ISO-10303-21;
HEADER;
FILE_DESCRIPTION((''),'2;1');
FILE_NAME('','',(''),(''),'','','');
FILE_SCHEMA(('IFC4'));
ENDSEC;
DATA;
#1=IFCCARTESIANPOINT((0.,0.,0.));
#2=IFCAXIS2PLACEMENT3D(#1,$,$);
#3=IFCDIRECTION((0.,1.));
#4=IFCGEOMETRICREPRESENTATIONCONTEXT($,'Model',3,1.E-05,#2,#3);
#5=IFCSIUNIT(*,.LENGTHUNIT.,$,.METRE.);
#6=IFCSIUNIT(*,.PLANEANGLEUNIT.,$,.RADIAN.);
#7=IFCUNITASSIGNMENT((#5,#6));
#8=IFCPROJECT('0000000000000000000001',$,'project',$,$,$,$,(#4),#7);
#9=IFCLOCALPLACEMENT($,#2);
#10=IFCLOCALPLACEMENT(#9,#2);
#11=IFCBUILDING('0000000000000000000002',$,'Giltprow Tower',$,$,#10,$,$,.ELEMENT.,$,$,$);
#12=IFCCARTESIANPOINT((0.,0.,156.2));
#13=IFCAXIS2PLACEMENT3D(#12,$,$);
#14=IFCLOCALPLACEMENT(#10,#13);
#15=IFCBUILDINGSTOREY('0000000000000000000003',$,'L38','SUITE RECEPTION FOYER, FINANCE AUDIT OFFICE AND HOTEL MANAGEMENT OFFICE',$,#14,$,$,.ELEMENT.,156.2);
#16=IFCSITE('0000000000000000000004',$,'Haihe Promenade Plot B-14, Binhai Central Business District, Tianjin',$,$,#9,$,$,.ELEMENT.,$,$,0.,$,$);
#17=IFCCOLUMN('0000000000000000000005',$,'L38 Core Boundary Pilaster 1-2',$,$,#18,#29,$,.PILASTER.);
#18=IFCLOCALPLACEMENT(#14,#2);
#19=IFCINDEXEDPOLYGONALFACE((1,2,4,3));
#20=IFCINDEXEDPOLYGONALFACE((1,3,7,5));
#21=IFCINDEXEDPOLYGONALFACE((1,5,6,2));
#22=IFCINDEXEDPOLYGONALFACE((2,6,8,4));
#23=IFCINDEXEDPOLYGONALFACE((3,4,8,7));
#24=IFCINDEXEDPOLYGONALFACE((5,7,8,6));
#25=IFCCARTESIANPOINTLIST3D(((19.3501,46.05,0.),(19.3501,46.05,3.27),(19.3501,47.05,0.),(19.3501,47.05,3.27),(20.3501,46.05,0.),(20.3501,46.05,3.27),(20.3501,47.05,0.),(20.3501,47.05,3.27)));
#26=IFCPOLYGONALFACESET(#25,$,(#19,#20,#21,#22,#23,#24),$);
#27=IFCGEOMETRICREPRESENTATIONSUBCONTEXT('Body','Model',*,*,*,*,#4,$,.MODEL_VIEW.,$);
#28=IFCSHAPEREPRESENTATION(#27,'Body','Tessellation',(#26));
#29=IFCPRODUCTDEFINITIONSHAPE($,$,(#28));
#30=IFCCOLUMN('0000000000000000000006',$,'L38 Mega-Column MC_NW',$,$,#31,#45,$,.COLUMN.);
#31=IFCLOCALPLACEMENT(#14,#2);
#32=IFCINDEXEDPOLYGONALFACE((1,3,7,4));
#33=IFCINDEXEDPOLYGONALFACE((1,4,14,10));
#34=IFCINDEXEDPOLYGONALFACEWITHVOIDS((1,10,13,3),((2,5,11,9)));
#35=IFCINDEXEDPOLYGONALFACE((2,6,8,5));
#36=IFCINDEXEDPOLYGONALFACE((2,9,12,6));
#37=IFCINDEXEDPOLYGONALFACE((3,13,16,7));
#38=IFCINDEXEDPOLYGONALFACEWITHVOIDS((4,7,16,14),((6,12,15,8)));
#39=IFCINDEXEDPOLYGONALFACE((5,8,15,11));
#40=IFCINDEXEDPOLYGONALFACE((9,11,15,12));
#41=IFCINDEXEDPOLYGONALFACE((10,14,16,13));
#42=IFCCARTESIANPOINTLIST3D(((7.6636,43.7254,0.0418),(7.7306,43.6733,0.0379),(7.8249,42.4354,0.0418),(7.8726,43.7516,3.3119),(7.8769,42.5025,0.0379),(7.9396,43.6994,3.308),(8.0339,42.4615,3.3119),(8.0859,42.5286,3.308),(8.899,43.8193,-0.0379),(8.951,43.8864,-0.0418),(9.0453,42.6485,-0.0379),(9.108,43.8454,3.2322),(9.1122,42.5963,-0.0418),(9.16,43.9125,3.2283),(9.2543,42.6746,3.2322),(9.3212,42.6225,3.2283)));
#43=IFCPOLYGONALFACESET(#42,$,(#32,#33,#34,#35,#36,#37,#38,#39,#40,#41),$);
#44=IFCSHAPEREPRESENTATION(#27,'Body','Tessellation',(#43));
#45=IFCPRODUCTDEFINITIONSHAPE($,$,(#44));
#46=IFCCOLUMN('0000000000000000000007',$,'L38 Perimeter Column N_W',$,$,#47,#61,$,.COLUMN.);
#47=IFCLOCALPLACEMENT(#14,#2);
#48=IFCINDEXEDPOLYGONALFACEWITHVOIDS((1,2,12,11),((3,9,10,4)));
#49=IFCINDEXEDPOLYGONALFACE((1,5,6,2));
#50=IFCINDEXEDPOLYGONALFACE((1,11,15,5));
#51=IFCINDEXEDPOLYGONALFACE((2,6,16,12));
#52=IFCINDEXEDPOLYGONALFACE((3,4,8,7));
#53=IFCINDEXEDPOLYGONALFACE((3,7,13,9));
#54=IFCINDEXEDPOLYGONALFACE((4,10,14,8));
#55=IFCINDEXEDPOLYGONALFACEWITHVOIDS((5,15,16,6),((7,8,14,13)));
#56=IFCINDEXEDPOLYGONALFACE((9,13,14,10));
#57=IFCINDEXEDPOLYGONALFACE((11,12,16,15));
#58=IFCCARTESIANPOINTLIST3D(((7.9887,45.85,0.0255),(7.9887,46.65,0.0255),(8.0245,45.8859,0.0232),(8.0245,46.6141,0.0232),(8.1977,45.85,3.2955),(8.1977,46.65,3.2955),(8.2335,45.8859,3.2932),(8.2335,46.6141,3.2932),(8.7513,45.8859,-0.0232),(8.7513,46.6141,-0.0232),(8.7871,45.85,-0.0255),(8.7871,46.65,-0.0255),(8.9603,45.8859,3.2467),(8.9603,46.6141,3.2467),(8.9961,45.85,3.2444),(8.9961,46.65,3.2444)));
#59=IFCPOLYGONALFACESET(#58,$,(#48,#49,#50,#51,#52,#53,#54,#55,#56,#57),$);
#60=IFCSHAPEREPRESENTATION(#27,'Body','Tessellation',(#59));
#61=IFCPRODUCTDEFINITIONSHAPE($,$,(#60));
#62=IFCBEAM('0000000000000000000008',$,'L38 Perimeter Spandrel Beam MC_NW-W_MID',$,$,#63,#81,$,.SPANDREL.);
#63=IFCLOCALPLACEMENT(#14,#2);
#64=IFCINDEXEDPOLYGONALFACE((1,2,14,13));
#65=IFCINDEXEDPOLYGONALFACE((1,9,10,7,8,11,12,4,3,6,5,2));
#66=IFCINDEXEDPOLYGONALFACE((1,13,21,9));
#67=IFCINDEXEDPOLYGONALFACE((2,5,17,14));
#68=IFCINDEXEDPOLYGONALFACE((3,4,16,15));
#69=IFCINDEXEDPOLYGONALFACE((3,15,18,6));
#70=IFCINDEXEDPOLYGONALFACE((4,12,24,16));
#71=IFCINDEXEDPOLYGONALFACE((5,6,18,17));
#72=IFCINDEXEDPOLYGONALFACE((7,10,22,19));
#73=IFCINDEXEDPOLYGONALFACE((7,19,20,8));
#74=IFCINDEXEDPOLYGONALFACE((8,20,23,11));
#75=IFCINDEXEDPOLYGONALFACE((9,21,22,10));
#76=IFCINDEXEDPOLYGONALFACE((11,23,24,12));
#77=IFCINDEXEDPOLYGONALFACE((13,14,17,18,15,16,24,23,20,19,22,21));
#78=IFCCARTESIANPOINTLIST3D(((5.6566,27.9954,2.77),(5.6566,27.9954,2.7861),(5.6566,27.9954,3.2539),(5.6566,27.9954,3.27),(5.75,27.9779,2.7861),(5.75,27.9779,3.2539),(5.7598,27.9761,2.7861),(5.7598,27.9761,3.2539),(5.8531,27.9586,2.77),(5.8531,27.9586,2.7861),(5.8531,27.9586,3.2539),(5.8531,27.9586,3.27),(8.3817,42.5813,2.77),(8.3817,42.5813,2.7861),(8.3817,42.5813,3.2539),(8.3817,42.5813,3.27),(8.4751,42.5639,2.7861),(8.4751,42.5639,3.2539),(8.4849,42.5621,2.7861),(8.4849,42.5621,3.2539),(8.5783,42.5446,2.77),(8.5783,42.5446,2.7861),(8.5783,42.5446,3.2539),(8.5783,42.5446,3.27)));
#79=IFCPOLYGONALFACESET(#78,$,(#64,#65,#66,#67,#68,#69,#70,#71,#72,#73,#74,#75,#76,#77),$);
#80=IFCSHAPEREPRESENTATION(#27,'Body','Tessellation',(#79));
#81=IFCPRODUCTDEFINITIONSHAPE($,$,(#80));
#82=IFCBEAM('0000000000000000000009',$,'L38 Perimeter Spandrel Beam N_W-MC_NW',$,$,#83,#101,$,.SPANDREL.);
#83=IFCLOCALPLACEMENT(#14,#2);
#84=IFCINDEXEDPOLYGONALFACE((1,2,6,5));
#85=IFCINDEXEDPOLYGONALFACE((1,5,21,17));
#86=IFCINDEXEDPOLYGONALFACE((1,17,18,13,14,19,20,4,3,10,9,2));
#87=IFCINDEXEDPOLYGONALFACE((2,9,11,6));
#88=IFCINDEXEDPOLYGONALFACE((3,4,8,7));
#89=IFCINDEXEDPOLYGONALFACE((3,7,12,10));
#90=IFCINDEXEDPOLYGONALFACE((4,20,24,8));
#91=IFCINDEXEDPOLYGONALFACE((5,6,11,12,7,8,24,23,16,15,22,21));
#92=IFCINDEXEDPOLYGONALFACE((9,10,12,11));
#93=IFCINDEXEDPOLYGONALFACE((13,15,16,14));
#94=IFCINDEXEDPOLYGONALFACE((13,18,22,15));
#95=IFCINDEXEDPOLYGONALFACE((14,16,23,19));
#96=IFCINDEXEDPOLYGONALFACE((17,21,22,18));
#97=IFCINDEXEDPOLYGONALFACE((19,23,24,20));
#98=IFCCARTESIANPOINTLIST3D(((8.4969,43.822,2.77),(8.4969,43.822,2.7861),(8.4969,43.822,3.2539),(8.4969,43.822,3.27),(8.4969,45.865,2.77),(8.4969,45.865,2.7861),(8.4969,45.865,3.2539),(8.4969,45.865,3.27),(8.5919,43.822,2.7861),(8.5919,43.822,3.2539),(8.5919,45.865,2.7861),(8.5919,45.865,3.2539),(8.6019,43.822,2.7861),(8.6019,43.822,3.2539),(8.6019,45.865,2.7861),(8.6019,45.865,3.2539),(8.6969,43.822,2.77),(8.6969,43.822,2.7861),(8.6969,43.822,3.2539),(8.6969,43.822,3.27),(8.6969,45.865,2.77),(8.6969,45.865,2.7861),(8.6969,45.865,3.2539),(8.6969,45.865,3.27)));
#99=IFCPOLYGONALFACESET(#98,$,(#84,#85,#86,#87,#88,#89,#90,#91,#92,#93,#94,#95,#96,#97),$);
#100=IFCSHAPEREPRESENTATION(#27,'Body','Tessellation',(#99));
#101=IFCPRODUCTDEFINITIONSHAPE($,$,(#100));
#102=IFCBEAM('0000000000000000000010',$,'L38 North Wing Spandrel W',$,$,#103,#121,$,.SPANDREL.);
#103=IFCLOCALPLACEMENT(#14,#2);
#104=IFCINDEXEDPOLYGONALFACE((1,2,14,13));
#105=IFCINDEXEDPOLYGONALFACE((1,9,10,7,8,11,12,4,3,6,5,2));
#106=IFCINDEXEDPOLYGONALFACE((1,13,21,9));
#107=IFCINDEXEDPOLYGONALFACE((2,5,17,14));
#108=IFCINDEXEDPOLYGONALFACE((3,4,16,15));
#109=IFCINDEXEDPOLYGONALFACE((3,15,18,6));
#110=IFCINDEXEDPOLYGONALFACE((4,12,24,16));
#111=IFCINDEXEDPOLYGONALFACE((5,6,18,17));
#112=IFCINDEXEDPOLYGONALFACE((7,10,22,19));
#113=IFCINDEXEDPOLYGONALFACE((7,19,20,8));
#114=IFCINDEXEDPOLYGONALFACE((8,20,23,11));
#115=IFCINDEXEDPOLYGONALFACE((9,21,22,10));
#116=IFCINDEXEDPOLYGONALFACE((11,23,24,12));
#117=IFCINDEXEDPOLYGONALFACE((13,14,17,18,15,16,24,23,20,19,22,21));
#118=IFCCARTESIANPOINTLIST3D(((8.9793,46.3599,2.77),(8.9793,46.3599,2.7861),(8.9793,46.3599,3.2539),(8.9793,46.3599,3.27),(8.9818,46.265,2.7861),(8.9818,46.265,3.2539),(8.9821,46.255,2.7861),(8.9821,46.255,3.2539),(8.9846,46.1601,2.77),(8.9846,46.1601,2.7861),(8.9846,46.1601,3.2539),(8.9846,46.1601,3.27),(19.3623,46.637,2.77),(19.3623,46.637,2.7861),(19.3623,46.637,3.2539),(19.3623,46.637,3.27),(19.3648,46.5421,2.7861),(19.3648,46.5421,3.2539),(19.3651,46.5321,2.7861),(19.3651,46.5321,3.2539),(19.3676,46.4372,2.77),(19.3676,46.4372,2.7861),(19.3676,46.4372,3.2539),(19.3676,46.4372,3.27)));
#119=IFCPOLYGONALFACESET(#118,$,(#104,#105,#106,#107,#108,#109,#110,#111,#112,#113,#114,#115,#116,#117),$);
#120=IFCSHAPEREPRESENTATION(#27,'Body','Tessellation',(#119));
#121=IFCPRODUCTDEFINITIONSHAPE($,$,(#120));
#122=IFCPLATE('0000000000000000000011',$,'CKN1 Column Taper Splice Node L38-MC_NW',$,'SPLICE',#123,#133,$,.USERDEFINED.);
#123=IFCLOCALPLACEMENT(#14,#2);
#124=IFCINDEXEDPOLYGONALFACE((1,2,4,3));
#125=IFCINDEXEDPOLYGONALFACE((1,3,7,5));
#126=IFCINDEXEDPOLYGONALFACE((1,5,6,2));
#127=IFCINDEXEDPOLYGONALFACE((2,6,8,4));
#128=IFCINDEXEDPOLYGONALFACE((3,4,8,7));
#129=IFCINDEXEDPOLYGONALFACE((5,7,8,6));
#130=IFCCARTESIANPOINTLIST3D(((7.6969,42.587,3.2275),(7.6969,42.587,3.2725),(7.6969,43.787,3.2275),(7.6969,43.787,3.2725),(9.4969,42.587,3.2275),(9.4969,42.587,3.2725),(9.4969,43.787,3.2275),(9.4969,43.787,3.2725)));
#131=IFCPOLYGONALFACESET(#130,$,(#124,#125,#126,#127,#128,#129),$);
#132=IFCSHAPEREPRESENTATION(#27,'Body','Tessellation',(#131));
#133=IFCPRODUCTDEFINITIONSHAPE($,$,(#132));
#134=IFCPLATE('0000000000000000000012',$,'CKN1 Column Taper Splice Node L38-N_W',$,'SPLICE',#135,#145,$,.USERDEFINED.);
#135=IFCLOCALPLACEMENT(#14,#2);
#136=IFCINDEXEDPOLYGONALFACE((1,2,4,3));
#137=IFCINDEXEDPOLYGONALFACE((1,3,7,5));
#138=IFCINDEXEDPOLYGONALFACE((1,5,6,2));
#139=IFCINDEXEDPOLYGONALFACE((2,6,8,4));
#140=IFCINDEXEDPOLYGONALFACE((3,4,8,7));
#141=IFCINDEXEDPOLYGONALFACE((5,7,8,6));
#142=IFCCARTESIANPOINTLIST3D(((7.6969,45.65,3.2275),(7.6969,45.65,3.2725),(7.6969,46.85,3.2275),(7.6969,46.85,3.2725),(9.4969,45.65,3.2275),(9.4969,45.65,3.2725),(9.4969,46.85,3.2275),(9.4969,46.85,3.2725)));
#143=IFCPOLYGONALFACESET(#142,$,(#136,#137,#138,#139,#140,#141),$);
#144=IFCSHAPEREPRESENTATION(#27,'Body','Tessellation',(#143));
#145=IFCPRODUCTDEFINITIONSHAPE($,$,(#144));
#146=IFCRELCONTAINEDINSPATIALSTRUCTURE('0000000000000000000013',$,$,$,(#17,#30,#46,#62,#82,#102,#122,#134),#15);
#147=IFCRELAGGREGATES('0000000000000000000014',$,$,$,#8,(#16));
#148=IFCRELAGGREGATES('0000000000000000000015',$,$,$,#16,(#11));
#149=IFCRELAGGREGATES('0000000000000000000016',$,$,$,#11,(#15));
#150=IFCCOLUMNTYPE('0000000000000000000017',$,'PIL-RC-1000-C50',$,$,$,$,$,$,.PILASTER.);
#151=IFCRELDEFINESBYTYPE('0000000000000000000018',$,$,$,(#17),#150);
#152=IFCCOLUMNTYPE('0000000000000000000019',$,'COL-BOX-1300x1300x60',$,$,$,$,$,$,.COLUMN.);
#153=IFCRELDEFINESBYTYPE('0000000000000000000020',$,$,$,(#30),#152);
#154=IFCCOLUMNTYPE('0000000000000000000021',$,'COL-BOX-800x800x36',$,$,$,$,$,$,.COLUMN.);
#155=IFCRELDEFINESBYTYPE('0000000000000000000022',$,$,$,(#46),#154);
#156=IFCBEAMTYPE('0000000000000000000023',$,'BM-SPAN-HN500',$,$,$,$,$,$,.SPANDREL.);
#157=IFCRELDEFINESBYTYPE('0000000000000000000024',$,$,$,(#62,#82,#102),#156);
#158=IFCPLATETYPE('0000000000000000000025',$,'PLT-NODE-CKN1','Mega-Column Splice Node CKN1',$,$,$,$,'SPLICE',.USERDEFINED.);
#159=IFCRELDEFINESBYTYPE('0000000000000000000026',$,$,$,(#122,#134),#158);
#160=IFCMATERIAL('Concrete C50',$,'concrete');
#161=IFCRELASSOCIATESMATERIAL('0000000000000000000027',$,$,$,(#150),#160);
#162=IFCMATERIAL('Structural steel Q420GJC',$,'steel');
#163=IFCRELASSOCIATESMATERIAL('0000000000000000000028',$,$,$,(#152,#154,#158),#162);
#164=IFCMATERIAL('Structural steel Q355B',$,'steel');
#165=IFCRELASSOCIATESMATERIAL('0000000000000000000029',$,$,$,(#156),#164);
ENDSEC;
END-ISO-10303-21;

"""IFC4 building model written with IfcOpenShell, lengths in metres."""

from ifc_helpers import new_model, si_unit, direction, frame, origin, origin_2d, place, context, subcontext, project, spatial, rectangle, hollow_rectangle, i_section, extrude, source, transform, mapped, material, material_profile, profile_set, type_object, element, save


model = new_model("IFC4")

# Units and contexts
model_context = context("Model", 3, precision=1e-05, world=origin(), true_north=direction((0.0, 1.0)))
body_context = subcontext(model_context, "Body", "Model", "MODEL_VIEW")
ifc_project = project(units=[si_unit("LENGTHUNIT", "METRE"), si_unit("PLANEANGLEUNIT", "RADIAN")], contexts=[model_context])

# Site, building, storey
site_placement = place(None, origin())
site = spatial("IfcSite", under=ifc_project, at=site_placement, Name="Haihe Promenade Plot B-14, Binhai Central Business District, Tianjin", CompositionType="ELEMENT", RefElevation=0.0)
building_placement = place(site_placement, origin())
building = spatial("IfcBuilding", under=site, at=building_placement, Name="Giltprow Tower", CompositionType="ELEMENT")
storey_placement = place(building_placement, frame((0.0, 0.0, 156.2)))
storey = spatial("IfcBuildingStorey", under=building, at=storey_placement, Name="L38", Description="SUITE RECEPTION FOYER, FINANCE AUDIT OFFICE AND HOTEL MANAGEMENT OFFICE", CompositionType="ELEMENT", Elevation=156.2)

# Columns
ifc_material_1 = material(Name="Concrete C50", Category="concrete")
ifc_material_profile_1 = material_profile(ifc_material_1, rectangle(XDim=1.0, YDim=1.0, at=origin_2d()), Name="RC 1000x1000")
ifc_profile_set_1 = profile_set([ifc_material_profile_1], Name="Concrete C50")
column_type_1 = type_object("IfcColumnType", Name="PIL-RC-1000-C50", PredefinedType="PILASTER", material=ifc_profile_set_1)
shared_shape_1 = source(origin(), body_context, "Body", "SweptSolid", [
    extrude(rectangle(XDim=1.0, YDim=1.0, at=origin_2d()), origin(), (0.0, 0.0, 1.0), 3.27),
])
column_1_placement = place(storey_placement, frame((19.8501, 46.55, 0.0), z_axis=(0.0, 0.0, 1.0), x_axis=(1.0, 0.0, 0.0)))
element("IfcColumn", 1, at=column_1_placement, inside=storey, type_object=column_type_1, Name="L38 Core Boundary Pilaster 1-2", PredefinedType="PILASTER", context=body_context, shape_type="MappedRepresentation", body=[
    mapped(shared_shape_1, transform((0.0, 0.0, 0.0), x_axis=(1.0, 0.0, 0.0), y_axis=(0.0, 1.0, 0.0), z_axis=(0.0, 0.0, 1.0), scale=1.0)),
])
ifc_material_2 = material(Name="Structural steel Q420GJC", Category="steel")
ifc_material_profile_2 = material_profile(ifc_material_2, hollow_rectangle(XDim=1.3, YDim=1.3, WallThickness=0.0601, at=origin_2d()), Name="BOX 1300x1300x60")
ifc_profile_set_2 = profile_set([ifc_material_profile_2], Name="Structural steel Q420GJC")
column_type_2 = type_object("IfcColumnType", Name="COL-BOX-1300x1300x60", PredefinedType="COLUMN", material=ifc_profile_set_2)
shared_shape_2 = source(origin(), body_context, "Body", "SweptSolid", [
    extrude(hollow_rectangle(XDim=1.3, YDim=1.3, WallThickness=0.0601, at=origin_2d()), origin(), (0.0, 0.0, 1.0), 3.2769),
])
column_2_placement = place(storey_placement, frame((8.3879, 43.1609, 0.0), z_axis=(0.063777, 0.007972, 0.997932), x_axis=(-0.124035, 0.992278, 0.0)))
element("IfcColumn", 2, at=column_2_placement, inside=storey, type_object=column_type_2, Name="L38 Mega-Column MC_NW", PredefinedType="COLUMN", context=body_context, shape_type="MappedRepresentation", body=[
    mapped(shared_shape_2, transform((0.0, 0.0, 0.0), x_axis=(1.0, 0.0, 0.0), y_axis=(0.0, 1.0, 0.0), z_axis=(0.0, 0.0, 1.0), scale=1.0)),
])
ifc_material_profile_3 = material_profile(ifc_material_2, hollow_rectangle(XDim=0.8, YDim=0.8, WallThickness=0.0359, at=origin_2d()), Name="BOX 800x800x36")
ifc_profile_set_3 = profile_set([ifc_material_profile_3], Name="Structural steel Q420GJC")
column_type_3 = type_object("IfcColumnType", Name="COL-BOX-800x800x36", PredefinedType="COLUMN", material=ifc_profile_set_3)
shared_shape_3 = source(origin(), body_context, "Body", "SweptSolid", [
    extrude(hollow_rectangle(XDim=0.8, YDim=0.8, WallThickness=0.0359, at=origin_2d()), origin(), (0.0, 0.0, 1.0), 3.2766),
])
column_3_placement = place(storey_placement, frame((8.3879, 46.25, 0.0), z_axis=(0.063779, 0.0, 0.997964), x_axis=(0.0, 1.0, 0.0)))
element("IfcColumn", 3, at=column_3_placement, inside=storey, type_object=column_type_3, Name="L38 Perimeter Column N_W", PredefinedType="COLUMN", context=body_context, shape_type="MappedRepresentation", body=[
    mapped(shared_shape_3, transform((0.0, 0.0, 0.0), x_axis=(1.0, 0.0, 0.0), y_axis=(0.0, 1.0, 0.0), z_axis=(0.0, 0.0, 1.0), scale=1.0)),
])

# Beams
ifc_material_3 = material(Name="Structural steel Q355B", Category="steel")
ifc_material_profile_4 = material_profile(ifc_material_3, i_section(OverallWidth=0.2, OverallDepth=0.5, WebThickness=0.01, FlangeThickness=0.0161, at=origin_2d()), Name="HN 500x200x10x16")
ifc_profile_set_4 = profile_set([ifc_material_profile_4], Name="Structural steel Q355B")
beam_type = type_object("IfcBeamType", Name="BM-SPAN-HN500", PredefinedType="SPANDREL", material=ifc_profile_set_4)
shared_shape_4 = source(origin(), body_context, "Body", "SweptSolid", [
    extrude(i_section(OverallWidth=0.2, OverallDepth=0.5, WebThickness=0.01, FlangeThickness=0.0161, at=origin_2d()), origin(), (0.0, 0.0, 1.0), 14.8384),
])
beam_1_placement = place(storey_placement, frame((8.48, 42.563, 3.02), z_axis=(-0.183653, -0.982991, 0.0), x_axis=(0.982991, -0.183653, 0.0)))
element("IfcBeam", 4, at=beam_1_placement, inside=storey, type_object=beam_type, Name="L38 Perimeter Spandrel Beam MC_NW-W_MID", PredefinedType="SPANDREL", context=body_context, shape_type="MappedRepresentation", body=[
    mapped(shared_shape_4, transform((0.0, 0.0, 0.0), x_axis=(1.0, 0.0, 0.0), y_axis=(0.0, 1.0, 0.0), z_axis=(0.0, 0.0, 1.0), scale=1.0)),
])
shared_shape_5 = source(origin(), body_context, "Body", "SweptSolid", [
    extrude(i_section(OverallWidth=0.2, OverallDepth=0.5, WebThickness=0.01, FlangeThickness=0.0161, at=origin_2d()), origin(), (0.0, 0.0, 1.0), 2.043),
])
beam_2_placement = place(storey_placement, frame((8.5969, 45.865, 3.02), z_axis=(0.0, -1.0, 0.0), x_axis=(1.0, 0.0, 0.0)))
element("IfcBeam", 5, at=beam_2_placement, inside=storey, type_object=beam_type, Name="L38 Perimeter Spandrel Beam N_W-MC_NW", PredefinedType="SPANDREL", context=body_context, shape_type="MappedRepresentation", body=[
    mapped(shared_shape_5, transform((0.0, 0.0, 0.0), x_axis=(1.0, 0.0, 0.0), y_axis=(0.0, 1.0, 0.0), z_axis=(0.0, 0.0, 1.0), scale=1.0)),
])
shared_shape_6 = source(origin(), body_context, "Body", "SweptSolid", [
    extrude(i_section(OverallWidth=0.2, OverallDepth=0.5, WebThickness=0.01, FlangeThickness=0.0161, at=origin_2d()), origin(), (0.0, 0.0, 1.0), 10.3867),
])
beam_3_placement = place(storey_placement, frame((8.9819, 46.26, 3.02), z_axis=(0.999644, 0.026678, 0.0), x_axis=(-0.026678, 0.999644, 0.0)))
element("IfcBeam", 6, at=beam_3_placement, inside=storey, type_object=beam_type, Name="L38 North Wing Spandrel W", PredefinedType="SPANDREL", context=body_context, shape_type="MappedRepresentation", body=[
    mapped(shared_shape_6, transform((0.0, 0.0, 0.0), x_axis=(1.0, 0.0, 0.0), y_axis=(0.0, 1.0, 0.0), z_axis=(0.0, 0.0, 1.0), scale=1.0)),
])

# Plates
plate_type = type_object("IfcPlateType", Name="PLT-NODE-CKN1", Description="Mega-Column Splice Node CKN1", ElementType="SPLICE", PredefinedType="USERDEFINED", material=ifc_material_2)
shared_shape_7 = source(origin(), body_context, "Body", "SweptSolid", [
    extrude(rectangle(XDim=1.8, YDim=1.2, at=origin_2d()), origin(), (0.0, 0.0, 1.0), 0.0449),
])
for number, where, z_axis, x_axis, name in (
    (7, (8.5969, 43.187, 3.2275), (0.0, 0.0, 1.0), (1.0, 0.0, 0.0), "CKN1 Column Taper Splice Node L38-MC_NW"),
    (8, (8.5969, 46.25, 3.2275), (0.0, 0.0, 1.0), (1.0, 0.0, 0.0), "CKN1 Column Taper Splice Node L38-N_W"),
):
    element("IfcPlate", number, at=place(storey_placement, frame(where, z_axis=z_axis, x_axis=x_axis)), inside=storey, type_object=plate_type, Name=name, ObjectType="SPLICE", PredefinedType="USERDEFINED", context=body_context, shape_type="MappedRepresentation", body=[
        mapped(shared_shape_7, transform((0.0, 0.0, 0.0), x_axis=(1.0, 0.0, 0.0), y_axis=(0.0, 1.0, 0.0), z_axis=(0.0, 0.0, 1.0), scale=1.0)),
    ])

save(model, "model.ifc")
